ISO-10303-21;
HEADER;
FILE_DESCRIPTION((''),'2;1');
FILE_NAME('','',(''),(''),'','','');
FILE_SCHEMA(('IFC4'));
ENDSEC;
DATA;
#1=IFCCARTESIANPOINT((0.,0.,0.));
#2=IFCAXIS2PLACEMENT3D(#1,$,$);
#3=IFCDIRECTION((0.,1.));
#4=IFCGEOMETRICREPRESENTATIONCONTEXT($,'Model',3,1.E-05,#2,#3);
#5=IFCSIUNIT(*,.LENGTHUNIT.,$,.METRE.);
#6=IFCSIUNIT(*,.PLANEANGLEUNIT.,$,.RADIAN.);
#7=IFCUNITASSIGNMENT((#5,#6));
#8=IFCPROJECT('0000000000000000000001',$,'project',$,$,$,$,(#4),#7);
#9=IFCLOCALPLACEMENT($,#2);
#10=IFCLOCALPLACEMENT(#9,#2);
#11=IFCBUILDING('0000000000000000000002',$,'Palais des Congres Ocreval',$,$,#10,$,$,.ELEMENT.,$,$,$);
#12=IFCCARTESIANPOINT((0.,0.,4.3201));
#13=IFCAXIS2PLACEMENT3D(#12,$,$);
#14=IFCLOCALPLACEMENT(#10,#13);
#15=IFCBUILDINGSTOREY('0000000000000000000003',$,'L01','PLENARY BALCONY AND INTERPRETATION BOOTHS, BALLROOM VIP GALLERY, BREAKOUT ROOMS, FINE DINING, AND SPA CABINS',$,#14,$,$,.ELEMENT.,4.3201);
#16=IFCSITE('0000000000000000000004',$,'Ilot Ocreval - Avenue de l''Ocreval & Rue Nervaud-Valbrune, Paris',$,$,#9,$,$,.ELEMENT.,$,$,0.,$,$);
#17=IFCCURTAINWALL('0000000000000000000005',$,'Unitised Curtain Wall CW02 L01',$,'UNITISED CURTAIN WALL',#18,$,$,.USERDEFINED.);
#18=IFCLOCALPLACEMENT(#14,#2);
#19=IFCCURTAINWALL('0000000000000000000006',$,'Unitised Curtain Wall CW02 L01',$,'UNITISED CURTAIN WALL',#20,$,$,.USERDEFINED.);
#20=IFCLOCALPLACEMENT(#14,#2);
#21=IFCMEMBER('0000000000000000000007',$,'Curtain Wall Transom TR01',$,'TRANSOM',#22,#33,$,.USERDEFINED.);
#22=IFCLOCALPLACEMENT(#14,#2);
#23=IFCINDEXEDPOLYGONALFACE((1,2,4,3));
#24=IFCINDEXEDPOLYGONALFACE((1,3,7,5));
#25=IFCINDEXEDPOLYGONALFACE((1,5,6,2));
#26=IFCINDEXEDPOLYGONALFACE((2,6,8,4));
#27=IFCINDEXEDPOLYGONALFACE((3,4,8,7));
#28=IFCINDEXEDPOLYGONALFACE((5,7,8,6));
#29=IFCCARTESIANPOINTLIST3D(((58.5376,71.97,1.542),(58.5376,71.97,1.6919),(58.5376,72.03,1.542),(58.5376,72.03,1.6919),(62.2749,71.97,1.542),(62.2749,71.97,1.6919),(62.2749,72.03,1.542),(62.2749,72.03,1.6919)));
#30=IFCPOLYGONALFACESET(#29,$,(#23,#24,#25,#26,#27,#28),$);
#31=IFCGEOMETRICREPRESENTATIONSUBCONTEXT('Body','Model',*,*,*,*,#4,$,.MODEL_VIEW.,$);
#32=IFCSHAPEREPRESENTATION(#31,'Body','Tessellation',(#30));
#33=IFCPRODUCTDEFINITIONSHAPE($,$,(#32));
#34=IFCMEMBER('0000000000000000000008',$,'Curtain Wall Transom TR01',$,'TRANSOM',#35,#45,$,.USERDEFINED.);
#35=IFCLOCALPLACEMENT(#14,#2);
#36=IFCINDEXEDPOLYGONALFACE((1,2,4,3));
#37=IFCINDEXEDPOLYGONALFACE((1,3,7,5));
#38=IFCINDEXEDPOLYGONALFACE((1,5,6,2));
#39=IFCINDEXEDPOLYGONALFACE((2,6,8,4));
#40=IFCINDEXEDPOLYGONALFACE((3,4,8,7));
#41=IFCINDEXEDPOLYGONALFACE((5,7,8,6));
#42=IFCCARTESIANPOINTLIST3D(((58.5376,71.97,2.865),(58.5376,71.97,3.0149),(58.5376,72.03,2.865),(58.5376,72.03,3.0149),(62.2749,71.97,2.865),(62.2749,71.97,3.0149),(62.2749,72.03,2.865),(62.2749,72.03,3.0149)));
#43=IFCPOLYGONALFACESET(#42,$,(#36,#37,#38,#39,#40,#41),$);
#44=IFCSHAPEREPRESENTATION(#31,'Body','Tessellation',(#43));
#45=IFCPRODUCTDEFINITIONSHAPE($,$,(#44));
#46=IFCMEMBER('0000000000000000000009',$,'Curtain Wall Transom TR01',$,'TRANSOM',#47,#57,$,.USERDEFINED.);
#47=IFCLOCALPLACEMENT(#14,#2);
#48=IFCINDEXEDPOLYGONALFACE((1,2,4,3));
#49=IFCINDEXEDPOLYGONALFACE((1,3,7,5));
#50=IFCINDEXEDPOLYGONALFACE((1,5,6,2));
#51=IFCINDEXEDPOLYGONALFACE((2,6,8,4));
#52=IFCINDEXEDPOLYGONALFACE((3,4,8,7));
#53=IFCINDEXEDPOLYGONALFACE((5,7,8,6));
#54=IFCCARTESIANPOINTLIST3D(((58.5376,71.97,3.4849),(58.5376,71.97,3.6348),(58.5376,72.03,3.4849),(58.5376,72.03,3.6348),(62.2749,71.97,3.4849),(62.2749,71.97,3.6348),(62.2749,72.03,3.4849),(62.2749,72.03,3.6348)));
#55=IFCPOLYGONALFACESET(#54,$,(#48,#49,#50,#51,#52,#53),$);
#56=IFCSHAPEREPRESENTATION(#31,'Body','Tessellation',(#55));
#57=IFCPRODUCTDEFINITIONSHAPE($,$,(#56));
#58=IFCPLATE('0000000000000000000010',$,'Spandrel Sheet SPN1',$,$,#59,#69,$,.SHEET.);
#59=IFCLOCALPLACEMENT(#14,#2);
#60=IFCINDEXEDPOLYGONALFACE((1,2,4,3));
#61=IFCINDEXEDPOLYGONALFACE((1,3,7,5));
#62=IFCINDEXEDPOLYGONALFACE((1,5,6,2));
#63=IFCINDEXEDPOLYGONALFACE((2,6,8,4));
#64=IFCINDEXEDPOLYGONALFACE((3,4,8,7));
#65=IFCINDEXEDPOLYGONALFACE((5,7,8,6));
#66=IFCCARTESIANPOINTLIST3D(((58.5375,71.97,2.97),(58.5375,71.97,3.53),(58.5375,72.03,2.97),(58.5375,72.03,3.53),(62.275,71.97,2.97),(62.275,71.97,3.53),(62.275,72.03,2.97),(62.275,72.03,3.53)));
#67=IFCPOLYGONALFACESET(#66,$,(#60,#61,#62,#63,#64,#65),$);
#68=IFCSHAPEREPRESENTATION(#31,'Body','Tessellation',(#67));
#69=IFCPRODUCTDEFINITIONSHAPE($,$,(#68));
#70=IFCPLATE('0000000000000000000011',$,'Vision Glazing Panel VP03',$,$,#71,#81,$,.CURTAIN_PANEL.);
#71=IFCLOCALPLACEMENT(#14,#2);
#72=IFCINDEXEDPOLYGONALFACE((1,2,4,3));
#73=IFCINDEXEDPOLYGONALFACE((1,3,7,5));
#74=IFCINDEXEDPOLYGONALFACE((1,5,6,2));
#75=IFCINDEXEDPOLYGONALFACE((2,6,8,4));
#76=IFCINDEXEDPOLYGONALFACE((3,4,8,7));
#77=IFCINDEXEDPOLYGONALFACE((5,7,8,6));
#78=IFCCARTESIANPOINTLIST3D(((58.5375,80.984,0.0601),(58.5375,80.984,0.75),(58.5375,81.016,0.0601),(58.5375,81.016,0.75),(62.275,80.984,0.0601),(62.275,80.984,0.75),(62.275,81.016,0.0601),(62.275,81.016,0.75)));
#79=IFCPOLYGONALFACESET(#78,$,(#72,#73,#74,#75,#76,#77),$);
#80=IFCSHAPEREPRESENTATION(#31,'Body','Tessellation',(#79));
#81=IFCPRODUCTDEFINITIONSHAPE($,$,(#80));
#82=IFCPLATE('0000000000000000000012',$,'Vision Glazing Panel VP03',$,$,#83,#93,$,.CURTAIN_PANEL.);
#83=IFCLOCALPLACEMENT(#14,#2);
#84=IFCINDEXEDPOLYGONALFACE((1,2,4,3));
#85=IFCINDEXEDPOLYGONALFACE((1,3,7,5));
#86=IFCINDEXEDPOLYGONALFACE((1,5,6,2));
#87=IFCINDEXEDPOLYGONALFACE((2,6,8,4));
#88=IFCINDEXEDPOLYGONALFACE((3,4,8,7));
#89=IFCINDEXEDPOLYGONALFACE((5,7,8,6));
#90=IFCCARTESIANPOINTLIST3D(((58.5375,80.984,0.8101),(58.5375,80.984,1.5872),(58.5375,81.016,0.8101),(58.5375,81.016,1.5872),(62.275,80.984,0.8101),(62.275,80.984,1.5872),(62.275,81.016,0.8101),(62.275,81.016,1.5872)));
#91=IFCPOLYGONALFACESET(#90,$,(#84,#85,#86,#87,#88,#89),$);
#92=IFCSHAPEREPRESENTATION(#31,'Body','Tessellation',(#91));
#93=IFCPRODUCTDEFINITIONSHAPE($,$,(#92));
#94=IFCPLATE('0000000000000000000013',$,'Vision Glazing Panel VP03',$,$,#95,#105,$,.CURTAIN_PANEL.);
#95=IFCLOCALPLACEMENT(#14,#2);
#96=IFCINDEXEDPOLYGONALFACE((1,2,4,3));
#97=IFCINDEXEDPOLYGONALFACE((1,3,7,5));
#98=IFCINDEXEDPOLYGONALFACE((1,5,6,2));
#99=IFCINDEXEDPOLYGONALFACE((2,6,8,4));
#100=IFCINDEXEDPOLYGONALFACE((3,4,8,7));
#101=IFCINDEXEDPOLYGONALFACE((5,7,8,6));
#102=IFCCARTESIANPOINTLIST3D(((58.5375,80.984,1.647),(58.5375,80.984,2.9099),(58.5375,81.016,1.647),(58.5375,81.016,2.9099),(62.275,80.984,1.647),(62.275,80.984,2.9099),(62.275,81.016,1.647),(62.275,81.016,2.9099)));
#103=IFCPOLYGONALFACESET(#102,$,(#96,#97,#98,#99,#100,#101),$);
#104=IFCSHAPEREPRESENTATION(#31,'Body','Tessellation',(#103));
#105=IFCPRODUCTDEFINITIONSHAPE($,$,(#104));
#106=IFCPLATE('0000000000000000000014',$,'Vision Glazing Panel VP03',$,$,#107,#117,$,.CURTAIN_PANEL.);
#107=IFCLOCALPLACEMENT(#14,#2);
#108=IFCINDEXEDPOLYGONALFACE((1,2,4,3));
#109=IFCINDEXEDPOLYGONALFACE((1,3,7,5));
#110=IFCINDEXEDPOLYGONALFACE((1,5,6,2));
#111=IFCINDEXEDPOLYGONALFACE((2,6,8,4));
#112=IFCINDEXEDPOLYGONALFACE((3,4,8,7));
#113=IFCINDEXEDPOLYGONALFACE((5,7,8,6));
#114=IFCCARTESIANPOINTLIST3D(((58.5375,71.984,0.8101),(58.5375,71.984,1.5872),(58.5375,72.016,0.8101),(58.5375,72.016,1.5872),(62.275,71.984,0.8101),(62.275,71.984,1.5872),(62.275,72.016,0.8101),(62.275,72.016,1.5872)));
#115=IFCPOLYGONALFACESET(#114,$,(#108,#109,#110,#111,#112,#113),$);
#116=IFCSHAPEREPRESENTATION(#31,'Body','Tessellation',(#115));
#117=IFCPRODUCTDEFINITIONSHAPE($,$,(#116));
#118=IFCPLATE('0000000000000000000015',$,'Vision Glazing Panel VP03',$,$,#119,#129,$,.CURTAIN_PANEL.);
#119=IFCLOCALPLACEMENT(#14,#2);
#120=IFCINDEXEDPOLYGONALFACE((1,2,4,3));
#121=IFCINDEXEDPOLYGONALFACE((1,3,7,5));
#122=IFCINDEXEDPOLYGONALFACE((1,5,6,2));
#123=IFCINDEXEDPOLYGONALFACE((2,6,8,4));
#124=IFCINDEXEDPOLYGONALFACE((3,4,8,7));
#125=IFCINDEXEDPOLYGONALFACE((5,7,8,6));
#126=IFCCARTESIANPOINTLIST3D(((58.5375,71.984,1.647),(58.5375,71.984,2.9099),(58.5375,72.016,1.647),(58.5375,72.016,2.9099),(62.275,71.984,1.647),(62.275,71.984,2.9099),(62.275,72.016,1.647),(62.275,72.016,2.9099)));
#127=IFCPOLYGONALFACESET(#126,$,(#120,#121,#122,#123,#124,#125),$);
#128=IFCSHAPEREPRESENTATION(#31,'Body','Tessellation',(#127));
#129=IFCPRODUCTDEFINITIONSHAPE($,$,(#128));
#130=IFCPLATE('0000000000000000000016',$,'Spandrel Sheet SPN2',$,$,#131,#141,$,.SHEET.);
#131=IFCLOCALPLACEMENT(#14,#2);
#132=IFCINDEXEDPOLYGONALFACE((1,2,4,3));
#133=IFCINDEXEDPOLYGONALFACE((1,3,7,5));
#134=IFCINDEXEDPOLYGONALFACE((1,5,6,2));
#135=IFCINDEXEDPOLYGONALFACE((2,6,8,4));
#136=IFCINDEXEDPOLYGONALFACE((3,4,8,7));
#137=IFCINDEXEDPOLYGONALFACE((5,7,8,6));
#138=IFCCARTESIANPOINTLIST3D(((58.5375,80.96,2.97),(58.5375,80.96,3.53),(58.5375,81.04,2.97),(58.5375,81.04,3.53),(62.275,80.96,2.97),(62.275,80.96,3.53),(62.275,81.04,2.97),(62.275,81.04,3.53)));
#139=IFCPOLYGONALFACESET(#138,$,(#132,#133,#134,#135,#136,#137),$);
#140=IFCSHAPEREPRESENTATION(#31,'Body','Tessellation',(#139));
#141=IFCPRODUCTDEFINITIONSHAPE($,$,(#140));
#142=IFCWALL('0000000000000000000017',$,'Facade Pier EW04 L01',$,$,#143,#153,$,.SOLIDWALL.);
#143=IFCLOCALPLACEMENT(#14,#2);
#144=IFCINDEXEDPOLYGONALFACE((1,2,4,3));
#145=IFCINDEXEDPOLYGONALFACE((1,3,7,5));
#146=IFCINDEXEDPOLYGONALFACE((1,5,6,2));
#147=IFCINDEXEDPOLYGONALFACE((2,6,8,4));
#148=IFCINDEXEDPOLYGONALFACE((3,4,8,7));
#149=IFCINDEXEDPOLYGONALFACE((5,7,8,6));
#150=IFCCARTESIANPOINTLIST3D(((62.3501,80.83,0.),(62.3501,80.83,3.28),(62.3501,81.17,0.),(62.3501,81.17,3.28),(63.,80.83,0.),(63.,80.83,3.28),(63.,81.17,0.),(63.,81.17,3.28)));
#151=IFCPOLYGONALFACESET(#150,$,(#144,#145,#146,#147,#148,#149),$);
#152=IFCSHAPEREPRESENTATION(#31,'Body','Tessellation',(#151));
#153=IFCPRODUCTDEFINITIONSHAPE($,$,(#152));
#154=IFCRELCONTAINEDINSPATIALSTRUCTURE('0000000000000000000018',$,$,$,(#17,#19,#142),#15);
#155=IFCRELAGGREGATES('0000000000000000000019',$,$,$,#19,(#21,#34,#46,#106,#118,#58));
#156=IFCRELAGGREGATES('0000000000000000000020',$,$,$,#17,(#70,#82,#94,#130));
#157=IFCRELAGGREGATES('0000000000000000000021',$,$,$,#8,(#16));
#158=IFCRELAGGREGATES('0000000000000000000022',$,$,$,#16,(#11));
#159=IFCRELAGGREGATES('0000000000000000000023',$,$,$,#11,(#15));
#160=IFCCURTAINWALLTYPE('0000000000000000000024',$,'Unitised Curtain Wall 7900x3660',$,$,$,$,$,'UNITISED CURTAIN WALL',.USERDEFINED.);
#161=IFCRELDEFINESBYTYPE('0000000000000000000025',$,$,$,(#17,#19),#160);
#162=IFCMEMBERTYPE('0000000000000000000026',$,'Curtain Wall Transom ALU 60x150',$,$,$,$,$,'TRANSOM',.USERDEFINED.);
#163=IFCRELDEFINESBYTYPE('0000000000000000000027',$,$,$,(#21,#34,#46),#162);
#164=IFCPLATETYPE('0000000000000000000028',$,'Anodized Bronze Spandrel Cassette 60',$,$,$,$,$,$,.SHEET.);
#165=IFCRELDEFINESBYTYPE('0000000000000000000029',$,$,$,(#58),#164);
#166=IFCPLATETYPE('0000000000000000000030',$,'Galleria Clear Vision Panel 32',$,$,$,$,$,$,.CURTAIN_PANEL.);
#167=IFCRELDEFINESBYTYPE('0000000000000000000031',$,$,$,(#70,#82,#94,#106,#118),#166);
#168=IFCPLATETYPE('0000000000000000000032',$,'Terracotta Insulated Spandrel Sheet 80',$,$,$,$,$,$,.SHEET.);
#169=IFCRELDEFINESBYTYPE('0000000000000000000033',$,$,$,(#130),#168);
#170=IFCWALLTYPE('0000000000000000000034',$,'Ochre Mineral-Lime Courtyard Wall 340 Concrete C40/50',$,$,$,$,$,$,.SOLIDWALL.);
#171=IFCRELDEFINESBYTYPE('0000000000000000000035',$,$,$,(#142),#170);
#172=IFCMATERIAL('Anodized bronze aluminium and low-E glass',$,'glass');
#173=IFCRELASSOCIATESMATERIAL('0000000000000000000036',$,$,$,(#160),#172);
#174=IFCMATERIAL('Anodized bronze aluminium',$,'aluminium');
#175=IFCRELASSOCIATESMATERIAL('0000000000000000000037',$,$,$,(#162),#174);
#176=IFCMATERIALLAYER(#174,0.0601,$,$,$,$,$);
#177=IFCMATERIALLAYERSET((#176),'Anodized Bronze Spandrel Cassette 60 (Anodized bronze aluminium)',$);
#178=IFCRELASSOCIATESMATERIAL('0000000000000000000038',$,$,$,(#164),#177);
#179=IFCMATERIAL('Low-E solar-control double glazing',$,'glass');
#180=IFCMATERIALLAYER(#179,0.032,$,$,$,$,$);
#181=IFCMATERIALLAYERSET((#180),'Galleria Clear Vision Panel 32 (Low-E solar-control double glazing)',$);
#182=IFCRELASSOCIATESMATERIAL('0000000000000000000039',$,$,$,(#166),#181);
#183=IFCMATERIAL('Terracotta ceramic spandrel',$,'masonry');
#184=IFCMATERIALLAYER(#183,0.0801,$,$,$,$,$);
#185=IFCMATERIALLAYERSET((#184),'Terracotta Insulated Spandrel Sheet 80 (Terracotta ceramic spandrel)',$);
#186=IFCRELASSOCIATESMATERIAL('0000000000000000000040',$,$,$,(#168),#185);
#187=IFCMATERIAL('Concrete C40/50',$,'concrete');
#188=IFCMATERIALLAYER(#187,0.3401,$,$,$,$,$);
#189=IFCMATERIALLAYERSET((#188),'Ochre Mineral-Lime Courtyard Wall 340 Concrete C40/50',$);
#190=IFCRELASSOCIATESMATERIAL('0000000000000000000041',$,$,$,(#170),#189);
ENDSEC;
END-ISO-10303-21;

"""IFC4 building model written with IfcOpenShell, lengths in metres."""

from ifc_helpers import new_model, si_unit, direction, frame, frame_2d, origin, origin_2d, place, context, subcontext, project, spatial, rectangle, extrude, material, layer, layer_set, material_profile, profile_set, type_object, element, aggregate, save


model = new_model("IFC4")

# Units and contexts
model_context = context("Model", 3, precision=1e-05, world=origin(), true_north=direction((0.0, 1.0)))
body_context = subcontext(model_context, "Body", "Model", "MODEL_VIEW")
ifc_project = project(units=[si_unit("LENGTHUNIT", "METRE"), si_unit("PLANEANGLEUNIT", "RADIAN")], contexts=[model_context])

# Site, building, storey
site_placement = place(None, origin())
site = spatial("IfcSite", under=ifc_project, at=site_placement, Name="Ilot Ocreval - Avenue de l'Ocreval & Rue Nervaud-Valbrune, Paris", CompositionType="ELEMENT", RefElevation=0.0)
building_placement = place(site_placement, origin())
building = spatial("IfcBuilding", under=site, at=building_placement, Name="Palais des Congres Ocreval", CompositionType="ELEMENT")
storey_placement = place(building_placement, frame((0.0, 0.0, 4.3201)))
storey = spatial("IfcBuildingStorey", under=building, at=storey_placement, Name="L01", Description="PLENARY BALCONY AND INTERPRETATION BOOTHS, BALLROOM VIP GALLERY, BREAKOUT ROOMS, FINE DINING, AND SPA CABINS", CompositionType="ELEMENT", Elevation=4.3201)

# Curtain wall
ifc_material_1 = material(Name="Anodized bronze aluminium and low-E glass", Category="glass")
curtain_wall_type = type_object("IfcCurtainWallType", Name="Unitised Curtain Wall 7900x3660", ElementType="UNITISED CURTAIN WALL", PredefinedType="USERDEFINED", material=ifc_material_1)
curtain_wall_1_placement = place(storey_placement, origin())
curtain_wall_1 = element("IfcCurtainWall", 1, at=curtain_wall_1_placement, inside=storey, type_object=curtain_wall_type, Name="Unitised Curtain Wall CW02 L01", ObjectType="UNITISED CURTAIN WALL", PredefinedType="USERDEFINED")
ifc_material_2 = material(Name="Anodized bronze aluminium", Category="aluminium")

# Curtain wall
curtain_wall_2_placement = place(storey_placement, origin())
curtain_wall_2 = element("IfcCurtainWall", 2, at=curtain_wall_2_placement, inside=storey, type_object=curtain_wall_type, Name="Unitised Curtain Wall CW02 L01", ObjectType="UNITISED CURTAIN WALL", PredefinedType="USERDEFINED")

# Members
ifc_material_profile_1 = material_profile(ifc_material_2, rectangle(XDim=0.0601, YDim=0.1499, at=origin_2d()), Name="ALU 60x150")
ifc_profile_set_1 = profile_set([ifc_material_profile_1], Name="Anodized bronze aluminium")
member_type_1 = type_object("IfcMemberType", Name="Curtain Wall Transom ALU 60x150", ElementType="TRANSOM", PredefinedType="USERDEFINED", material=ifc_profile_set_1)
member_1_placement = place(storey_placement, frame((62.2749, 72.0, 1.6169), z_axis=(-1.0, 0.0, 0.0), x_axis=(0.0, -1.0, 0.0)))
member_1 = element("IfcMember", 3, at=member_1_placement, type_object=member_type_1, Name="Curtain Wall Transom TR01", ObjectType="TRANSOM", PredefinedType="USERDEFINED", context=body_context, shape_type="SweptSolid", body=[
    extrude(rectangle(XDim=0.0601, YDim=0.1499, at=origin_2d()), origin(), (0.0, 0.0, 1.0), 3.7373),
])
member_2_placement = place(storey_placement, frame((62.2749, 72.0, 2.9399), z_axis=(-1.0, 0.0, 0.0), x_axis=(0.0, -1.0, 0.0)))
member_2 = element("IfcMember", 4, at=member_2_placement, type_object=member_type_1, Name="Curtain Wall Transom TR01", ObjectType="TRANSOM", PredefinedType="USERDEFINED", context=body_context, shape_type="SweptSolid", body=[
    extrude(rectangle(XDim=0.0601, YDim=0.1499, at=origin_2d()), origin(), (0.0, 0.0, 1.0), 3.7373),
])
member_3_placement = place(storey_placement, frame((62.2749, 72.0, 3.5598), z_axis=(-1.0, 0.0, 0.0), x_axis=(0.0, -1.0, 0.0)))
member_3 = element("IfcMember", 5, at=member_3_placement, type_object=member_type_1, Name="Curtain Wall Transom TR01", ObjectType="TRANSOM", PredefinedType="USERDEFINED", context=body_context, shape_type="SweptSolid", body=[
    extrude(rectangle(XDim=0.0601, YDim=0.1499, at=origin_2d()), origin(), (0.0, 0.0, 1.0), 3.7373),
])

# Plates
ifc_layer_1 = layer(ifc_material_2, 0.0601)
ifc_layer_set_1 = layer_set([ifc_layer_1], Name="Anodized Bronze Spandrel Cassette 60 (Anodized bronze aluminium)")
plate_type_1 = type_object("IfcPlateType", Name="Anodized Bronze Spandrel Cassette 60", PredefinedType="SHEET", material=ifc_layer_set_1)
plate_1_placement = place(storey_placement, frame((60.4062, 72.0, 2.97), z_axis=(0.0, 0.0, 1.0), x_axis=(-1.0, 0.0, 0.0)))
plate_1 = element("IfcPlate", 6, at=plate_1_placement, type_object=plate_type_1, Name="Spandrel Sheet SPN1", PredefinedType="SHEET", context=body_context, shape_type="SweptSolid", body=[
    extrude(rectangle(XDim=3.7375, YDim=0.0601, at=origin_2d()), origin(), (0.0, 0.0, 1.0), 0.5601),
])
ifc_material_3 = material(Name="Low-E solar-control double glazing", Category="glass")
ifc_layer_2 = layer(ifc_material_3, 0.032)
ifc_layer_set_2 = layer_set([ifc_layer_2], Name="Galleria Clear Vision Panel 32 (Low-E solar-control double glazing)")
plate_type_2 = type_object("IfcPlateType", Name="Galleria Clear Vision Panel 32", PredefinedType="CURTAIN_PANEL", material=ifc_layer_set_2)
plate_2_placement = place(storey_placement, frame((60.4062, 81.0, 0.0601), z_axis=(0.0, 0.0, 1.0), x_axis=(1.0, 0.0, 0.0)))
plate_2 = element("IfcPlate", 7, at=plate_2_placement, type_object=plate_type_2, Name="Vision Glazing Panel VP03", PredefinedType="CURTAIN_PANEL", context=body_context, shape_type="SweptSolid", body=[
    extrude(rectangle(XDim=3.7375, YDim=0.032, at=origin_2d()), origin(), (0.0, 0.0, 1.0), 0.6899),
])
plate_3_placement = place(storey_placement, frame((60.4062, 81.0, 0.8101), z_axis=(0.0, 0.0, 1.0), x_axis=(1.0, 0.0, 0.0)))
plate_3 = element("IfcPlate", 8, at=plate_3_placement, type_object=plate_type_2, Name="Vision Glazing Panel VP03", PredefinedType="CURTAIN_PANEL", context=body_context, shape_type="SweptSolid", body=[
    extrude(rectangle(XDim=3.7375, YDim=0.032, at=origin_2d()), origin(), (0.0, 0.0, 1.0), 0.7771),
])
plate_4_placement = place(storey_placement, frame((60.4062, 81.0, 1.647), z_axis=(0.0, 0.0, 1.0), x_axis=(1.0, 0.0, 0.0)))
plate_4 = element("IfcPlate", 9, at=plate_4_placement, type_object=plate_type_2, Name="Vision Glazing Panel VP03", PredefinedType="CURTAIN_PANEL", context=body_context, shape_type="SweptSolid", body=[
    extrude(rectangle(XDim=3.7375, YDim=0.032, at=origin_2d()), origin(), (0.0, 0.0, 1.0), 1.2629),
])
plate_5_placement = place(storey_placement, frame((60.4062, 72.0, 0.8101), z_axis=(0.0, 0.0, 1.0), x_axis=(-1.0, 0.0, 0.0)))
plate_5 = element("IfcPlate", 10, at=plate_5_placement, type_object=plate_type_2, Name="Vision Glazing Panel VP03", PredefinedType="CURTAIN_PANEL", context=body_context, shape_type="SweptSolid", body=[
    extrude(rectangle(XDim=3.7375, YDim=0.032, at=origin_2d()), origin(), (0.0, 0.0, 1.0), 0.7771),
])
plate_6_placement = place(storey_placement, frame((60.4062, 72.0, 1.647), z_axis=(0.0, 0.0, 1.0), x_axis=(-1.0, 0.0, 0.0)))
plate_6 = element("IfcPlate", 11, at=plate_6_placement, type_object=plate_type_2, Name="Vision Glazing Panel VP03", PredefinedType="CURTAIN_PANEL", context=body_context, shape_type="SweptSolid", body=[
    extrude(rectangle(XDim=3.7375, YDim=0.032, at=origin_2d()), origin(), (0.0, 0.0, 1.0), 1.2629),
])
aggregate(curtain_wall_2, [member_1, member_2, member_3, plate_5, plate_6, plate_1])
ifc_material_4 = material(Name="Terracotta ceramic spandrel", Category="masonry")
ifc_layer_3 = layer(ifc_material_4, 0.0801)
ifc_layer_set_3 = layer_set([ifc_layer_3], Name="Terracotta Insulated Spandrel Sheet 80 (Terracotta ceramic spandrel)")
plate_type_3 = type_object("IfcPlateType", Name="Terracotta Insulated Spandrel Sheet 80", PredefinedType="SHEET", material=ifc_layer_set_3)
plate_7_placement = place(storey_placement, frame((60.4062, 81.0, 2.97), z_axis=(0.0, 0.0, 1.0), x_axis=(1.0, 0.0, 0.0)))
plate_7 = element("IfcPlate", 12, at=plate_7_placement, type_object=plate_type_3, Name="Spandrel Sheet SPN2", PredefinedType="SHEET", context=body_context, shape_type="SweptSolid", body=[
    extrude(rectangle(XDim=3.7375, YDim=0.0801, at=origin_2d()), origin(), (0.0, 0.0, 1.0), 0.5601),
])
aggregate(curtain_wall_1, [plate_2, plate_3, plate_4, plate_7])

# Wall
ifc_material_5 = material(Name="Concrete C40/50", Category="concrete")
ifc_layer_4 = layer(ifc_material_5, 0.3401)
ifc_layer_set_4 = layer_set([ifc_layer_4], Name="Ochre Mineral-Lime Courtyard Wall 340 Concrete C40/50")
wall_type = type_object("IfcWallType", Name="Ochre Mineral-Lime Courtyard Wall 340 Concrete C40/50", PredefinedType="SOLIDWALL", material=ifc_layer_set_4)
wall_placement = place(storey_placement, frame((62.3501, 81.0, 0.0), z_axis=(0.0, 0.0, 1.0), x_axis=(1.0, 0.0, 0.0)))
element("IfcWall", 13, at=wall_placement, inside=storey, type_object=wall_type, Name="Facade Pier EW04 L01", PredefinedType="SOLIDWALL", context=body_context, shape_type="SweptSolid", body=[
    extrude(rectangle(XDim=0.6499, YDim=0.3401, at=frame_2d((0.325, 0.0))), origin(), (0.0, 0.0, 1.0), 3.28),
])

save(model, "model.ifc")
